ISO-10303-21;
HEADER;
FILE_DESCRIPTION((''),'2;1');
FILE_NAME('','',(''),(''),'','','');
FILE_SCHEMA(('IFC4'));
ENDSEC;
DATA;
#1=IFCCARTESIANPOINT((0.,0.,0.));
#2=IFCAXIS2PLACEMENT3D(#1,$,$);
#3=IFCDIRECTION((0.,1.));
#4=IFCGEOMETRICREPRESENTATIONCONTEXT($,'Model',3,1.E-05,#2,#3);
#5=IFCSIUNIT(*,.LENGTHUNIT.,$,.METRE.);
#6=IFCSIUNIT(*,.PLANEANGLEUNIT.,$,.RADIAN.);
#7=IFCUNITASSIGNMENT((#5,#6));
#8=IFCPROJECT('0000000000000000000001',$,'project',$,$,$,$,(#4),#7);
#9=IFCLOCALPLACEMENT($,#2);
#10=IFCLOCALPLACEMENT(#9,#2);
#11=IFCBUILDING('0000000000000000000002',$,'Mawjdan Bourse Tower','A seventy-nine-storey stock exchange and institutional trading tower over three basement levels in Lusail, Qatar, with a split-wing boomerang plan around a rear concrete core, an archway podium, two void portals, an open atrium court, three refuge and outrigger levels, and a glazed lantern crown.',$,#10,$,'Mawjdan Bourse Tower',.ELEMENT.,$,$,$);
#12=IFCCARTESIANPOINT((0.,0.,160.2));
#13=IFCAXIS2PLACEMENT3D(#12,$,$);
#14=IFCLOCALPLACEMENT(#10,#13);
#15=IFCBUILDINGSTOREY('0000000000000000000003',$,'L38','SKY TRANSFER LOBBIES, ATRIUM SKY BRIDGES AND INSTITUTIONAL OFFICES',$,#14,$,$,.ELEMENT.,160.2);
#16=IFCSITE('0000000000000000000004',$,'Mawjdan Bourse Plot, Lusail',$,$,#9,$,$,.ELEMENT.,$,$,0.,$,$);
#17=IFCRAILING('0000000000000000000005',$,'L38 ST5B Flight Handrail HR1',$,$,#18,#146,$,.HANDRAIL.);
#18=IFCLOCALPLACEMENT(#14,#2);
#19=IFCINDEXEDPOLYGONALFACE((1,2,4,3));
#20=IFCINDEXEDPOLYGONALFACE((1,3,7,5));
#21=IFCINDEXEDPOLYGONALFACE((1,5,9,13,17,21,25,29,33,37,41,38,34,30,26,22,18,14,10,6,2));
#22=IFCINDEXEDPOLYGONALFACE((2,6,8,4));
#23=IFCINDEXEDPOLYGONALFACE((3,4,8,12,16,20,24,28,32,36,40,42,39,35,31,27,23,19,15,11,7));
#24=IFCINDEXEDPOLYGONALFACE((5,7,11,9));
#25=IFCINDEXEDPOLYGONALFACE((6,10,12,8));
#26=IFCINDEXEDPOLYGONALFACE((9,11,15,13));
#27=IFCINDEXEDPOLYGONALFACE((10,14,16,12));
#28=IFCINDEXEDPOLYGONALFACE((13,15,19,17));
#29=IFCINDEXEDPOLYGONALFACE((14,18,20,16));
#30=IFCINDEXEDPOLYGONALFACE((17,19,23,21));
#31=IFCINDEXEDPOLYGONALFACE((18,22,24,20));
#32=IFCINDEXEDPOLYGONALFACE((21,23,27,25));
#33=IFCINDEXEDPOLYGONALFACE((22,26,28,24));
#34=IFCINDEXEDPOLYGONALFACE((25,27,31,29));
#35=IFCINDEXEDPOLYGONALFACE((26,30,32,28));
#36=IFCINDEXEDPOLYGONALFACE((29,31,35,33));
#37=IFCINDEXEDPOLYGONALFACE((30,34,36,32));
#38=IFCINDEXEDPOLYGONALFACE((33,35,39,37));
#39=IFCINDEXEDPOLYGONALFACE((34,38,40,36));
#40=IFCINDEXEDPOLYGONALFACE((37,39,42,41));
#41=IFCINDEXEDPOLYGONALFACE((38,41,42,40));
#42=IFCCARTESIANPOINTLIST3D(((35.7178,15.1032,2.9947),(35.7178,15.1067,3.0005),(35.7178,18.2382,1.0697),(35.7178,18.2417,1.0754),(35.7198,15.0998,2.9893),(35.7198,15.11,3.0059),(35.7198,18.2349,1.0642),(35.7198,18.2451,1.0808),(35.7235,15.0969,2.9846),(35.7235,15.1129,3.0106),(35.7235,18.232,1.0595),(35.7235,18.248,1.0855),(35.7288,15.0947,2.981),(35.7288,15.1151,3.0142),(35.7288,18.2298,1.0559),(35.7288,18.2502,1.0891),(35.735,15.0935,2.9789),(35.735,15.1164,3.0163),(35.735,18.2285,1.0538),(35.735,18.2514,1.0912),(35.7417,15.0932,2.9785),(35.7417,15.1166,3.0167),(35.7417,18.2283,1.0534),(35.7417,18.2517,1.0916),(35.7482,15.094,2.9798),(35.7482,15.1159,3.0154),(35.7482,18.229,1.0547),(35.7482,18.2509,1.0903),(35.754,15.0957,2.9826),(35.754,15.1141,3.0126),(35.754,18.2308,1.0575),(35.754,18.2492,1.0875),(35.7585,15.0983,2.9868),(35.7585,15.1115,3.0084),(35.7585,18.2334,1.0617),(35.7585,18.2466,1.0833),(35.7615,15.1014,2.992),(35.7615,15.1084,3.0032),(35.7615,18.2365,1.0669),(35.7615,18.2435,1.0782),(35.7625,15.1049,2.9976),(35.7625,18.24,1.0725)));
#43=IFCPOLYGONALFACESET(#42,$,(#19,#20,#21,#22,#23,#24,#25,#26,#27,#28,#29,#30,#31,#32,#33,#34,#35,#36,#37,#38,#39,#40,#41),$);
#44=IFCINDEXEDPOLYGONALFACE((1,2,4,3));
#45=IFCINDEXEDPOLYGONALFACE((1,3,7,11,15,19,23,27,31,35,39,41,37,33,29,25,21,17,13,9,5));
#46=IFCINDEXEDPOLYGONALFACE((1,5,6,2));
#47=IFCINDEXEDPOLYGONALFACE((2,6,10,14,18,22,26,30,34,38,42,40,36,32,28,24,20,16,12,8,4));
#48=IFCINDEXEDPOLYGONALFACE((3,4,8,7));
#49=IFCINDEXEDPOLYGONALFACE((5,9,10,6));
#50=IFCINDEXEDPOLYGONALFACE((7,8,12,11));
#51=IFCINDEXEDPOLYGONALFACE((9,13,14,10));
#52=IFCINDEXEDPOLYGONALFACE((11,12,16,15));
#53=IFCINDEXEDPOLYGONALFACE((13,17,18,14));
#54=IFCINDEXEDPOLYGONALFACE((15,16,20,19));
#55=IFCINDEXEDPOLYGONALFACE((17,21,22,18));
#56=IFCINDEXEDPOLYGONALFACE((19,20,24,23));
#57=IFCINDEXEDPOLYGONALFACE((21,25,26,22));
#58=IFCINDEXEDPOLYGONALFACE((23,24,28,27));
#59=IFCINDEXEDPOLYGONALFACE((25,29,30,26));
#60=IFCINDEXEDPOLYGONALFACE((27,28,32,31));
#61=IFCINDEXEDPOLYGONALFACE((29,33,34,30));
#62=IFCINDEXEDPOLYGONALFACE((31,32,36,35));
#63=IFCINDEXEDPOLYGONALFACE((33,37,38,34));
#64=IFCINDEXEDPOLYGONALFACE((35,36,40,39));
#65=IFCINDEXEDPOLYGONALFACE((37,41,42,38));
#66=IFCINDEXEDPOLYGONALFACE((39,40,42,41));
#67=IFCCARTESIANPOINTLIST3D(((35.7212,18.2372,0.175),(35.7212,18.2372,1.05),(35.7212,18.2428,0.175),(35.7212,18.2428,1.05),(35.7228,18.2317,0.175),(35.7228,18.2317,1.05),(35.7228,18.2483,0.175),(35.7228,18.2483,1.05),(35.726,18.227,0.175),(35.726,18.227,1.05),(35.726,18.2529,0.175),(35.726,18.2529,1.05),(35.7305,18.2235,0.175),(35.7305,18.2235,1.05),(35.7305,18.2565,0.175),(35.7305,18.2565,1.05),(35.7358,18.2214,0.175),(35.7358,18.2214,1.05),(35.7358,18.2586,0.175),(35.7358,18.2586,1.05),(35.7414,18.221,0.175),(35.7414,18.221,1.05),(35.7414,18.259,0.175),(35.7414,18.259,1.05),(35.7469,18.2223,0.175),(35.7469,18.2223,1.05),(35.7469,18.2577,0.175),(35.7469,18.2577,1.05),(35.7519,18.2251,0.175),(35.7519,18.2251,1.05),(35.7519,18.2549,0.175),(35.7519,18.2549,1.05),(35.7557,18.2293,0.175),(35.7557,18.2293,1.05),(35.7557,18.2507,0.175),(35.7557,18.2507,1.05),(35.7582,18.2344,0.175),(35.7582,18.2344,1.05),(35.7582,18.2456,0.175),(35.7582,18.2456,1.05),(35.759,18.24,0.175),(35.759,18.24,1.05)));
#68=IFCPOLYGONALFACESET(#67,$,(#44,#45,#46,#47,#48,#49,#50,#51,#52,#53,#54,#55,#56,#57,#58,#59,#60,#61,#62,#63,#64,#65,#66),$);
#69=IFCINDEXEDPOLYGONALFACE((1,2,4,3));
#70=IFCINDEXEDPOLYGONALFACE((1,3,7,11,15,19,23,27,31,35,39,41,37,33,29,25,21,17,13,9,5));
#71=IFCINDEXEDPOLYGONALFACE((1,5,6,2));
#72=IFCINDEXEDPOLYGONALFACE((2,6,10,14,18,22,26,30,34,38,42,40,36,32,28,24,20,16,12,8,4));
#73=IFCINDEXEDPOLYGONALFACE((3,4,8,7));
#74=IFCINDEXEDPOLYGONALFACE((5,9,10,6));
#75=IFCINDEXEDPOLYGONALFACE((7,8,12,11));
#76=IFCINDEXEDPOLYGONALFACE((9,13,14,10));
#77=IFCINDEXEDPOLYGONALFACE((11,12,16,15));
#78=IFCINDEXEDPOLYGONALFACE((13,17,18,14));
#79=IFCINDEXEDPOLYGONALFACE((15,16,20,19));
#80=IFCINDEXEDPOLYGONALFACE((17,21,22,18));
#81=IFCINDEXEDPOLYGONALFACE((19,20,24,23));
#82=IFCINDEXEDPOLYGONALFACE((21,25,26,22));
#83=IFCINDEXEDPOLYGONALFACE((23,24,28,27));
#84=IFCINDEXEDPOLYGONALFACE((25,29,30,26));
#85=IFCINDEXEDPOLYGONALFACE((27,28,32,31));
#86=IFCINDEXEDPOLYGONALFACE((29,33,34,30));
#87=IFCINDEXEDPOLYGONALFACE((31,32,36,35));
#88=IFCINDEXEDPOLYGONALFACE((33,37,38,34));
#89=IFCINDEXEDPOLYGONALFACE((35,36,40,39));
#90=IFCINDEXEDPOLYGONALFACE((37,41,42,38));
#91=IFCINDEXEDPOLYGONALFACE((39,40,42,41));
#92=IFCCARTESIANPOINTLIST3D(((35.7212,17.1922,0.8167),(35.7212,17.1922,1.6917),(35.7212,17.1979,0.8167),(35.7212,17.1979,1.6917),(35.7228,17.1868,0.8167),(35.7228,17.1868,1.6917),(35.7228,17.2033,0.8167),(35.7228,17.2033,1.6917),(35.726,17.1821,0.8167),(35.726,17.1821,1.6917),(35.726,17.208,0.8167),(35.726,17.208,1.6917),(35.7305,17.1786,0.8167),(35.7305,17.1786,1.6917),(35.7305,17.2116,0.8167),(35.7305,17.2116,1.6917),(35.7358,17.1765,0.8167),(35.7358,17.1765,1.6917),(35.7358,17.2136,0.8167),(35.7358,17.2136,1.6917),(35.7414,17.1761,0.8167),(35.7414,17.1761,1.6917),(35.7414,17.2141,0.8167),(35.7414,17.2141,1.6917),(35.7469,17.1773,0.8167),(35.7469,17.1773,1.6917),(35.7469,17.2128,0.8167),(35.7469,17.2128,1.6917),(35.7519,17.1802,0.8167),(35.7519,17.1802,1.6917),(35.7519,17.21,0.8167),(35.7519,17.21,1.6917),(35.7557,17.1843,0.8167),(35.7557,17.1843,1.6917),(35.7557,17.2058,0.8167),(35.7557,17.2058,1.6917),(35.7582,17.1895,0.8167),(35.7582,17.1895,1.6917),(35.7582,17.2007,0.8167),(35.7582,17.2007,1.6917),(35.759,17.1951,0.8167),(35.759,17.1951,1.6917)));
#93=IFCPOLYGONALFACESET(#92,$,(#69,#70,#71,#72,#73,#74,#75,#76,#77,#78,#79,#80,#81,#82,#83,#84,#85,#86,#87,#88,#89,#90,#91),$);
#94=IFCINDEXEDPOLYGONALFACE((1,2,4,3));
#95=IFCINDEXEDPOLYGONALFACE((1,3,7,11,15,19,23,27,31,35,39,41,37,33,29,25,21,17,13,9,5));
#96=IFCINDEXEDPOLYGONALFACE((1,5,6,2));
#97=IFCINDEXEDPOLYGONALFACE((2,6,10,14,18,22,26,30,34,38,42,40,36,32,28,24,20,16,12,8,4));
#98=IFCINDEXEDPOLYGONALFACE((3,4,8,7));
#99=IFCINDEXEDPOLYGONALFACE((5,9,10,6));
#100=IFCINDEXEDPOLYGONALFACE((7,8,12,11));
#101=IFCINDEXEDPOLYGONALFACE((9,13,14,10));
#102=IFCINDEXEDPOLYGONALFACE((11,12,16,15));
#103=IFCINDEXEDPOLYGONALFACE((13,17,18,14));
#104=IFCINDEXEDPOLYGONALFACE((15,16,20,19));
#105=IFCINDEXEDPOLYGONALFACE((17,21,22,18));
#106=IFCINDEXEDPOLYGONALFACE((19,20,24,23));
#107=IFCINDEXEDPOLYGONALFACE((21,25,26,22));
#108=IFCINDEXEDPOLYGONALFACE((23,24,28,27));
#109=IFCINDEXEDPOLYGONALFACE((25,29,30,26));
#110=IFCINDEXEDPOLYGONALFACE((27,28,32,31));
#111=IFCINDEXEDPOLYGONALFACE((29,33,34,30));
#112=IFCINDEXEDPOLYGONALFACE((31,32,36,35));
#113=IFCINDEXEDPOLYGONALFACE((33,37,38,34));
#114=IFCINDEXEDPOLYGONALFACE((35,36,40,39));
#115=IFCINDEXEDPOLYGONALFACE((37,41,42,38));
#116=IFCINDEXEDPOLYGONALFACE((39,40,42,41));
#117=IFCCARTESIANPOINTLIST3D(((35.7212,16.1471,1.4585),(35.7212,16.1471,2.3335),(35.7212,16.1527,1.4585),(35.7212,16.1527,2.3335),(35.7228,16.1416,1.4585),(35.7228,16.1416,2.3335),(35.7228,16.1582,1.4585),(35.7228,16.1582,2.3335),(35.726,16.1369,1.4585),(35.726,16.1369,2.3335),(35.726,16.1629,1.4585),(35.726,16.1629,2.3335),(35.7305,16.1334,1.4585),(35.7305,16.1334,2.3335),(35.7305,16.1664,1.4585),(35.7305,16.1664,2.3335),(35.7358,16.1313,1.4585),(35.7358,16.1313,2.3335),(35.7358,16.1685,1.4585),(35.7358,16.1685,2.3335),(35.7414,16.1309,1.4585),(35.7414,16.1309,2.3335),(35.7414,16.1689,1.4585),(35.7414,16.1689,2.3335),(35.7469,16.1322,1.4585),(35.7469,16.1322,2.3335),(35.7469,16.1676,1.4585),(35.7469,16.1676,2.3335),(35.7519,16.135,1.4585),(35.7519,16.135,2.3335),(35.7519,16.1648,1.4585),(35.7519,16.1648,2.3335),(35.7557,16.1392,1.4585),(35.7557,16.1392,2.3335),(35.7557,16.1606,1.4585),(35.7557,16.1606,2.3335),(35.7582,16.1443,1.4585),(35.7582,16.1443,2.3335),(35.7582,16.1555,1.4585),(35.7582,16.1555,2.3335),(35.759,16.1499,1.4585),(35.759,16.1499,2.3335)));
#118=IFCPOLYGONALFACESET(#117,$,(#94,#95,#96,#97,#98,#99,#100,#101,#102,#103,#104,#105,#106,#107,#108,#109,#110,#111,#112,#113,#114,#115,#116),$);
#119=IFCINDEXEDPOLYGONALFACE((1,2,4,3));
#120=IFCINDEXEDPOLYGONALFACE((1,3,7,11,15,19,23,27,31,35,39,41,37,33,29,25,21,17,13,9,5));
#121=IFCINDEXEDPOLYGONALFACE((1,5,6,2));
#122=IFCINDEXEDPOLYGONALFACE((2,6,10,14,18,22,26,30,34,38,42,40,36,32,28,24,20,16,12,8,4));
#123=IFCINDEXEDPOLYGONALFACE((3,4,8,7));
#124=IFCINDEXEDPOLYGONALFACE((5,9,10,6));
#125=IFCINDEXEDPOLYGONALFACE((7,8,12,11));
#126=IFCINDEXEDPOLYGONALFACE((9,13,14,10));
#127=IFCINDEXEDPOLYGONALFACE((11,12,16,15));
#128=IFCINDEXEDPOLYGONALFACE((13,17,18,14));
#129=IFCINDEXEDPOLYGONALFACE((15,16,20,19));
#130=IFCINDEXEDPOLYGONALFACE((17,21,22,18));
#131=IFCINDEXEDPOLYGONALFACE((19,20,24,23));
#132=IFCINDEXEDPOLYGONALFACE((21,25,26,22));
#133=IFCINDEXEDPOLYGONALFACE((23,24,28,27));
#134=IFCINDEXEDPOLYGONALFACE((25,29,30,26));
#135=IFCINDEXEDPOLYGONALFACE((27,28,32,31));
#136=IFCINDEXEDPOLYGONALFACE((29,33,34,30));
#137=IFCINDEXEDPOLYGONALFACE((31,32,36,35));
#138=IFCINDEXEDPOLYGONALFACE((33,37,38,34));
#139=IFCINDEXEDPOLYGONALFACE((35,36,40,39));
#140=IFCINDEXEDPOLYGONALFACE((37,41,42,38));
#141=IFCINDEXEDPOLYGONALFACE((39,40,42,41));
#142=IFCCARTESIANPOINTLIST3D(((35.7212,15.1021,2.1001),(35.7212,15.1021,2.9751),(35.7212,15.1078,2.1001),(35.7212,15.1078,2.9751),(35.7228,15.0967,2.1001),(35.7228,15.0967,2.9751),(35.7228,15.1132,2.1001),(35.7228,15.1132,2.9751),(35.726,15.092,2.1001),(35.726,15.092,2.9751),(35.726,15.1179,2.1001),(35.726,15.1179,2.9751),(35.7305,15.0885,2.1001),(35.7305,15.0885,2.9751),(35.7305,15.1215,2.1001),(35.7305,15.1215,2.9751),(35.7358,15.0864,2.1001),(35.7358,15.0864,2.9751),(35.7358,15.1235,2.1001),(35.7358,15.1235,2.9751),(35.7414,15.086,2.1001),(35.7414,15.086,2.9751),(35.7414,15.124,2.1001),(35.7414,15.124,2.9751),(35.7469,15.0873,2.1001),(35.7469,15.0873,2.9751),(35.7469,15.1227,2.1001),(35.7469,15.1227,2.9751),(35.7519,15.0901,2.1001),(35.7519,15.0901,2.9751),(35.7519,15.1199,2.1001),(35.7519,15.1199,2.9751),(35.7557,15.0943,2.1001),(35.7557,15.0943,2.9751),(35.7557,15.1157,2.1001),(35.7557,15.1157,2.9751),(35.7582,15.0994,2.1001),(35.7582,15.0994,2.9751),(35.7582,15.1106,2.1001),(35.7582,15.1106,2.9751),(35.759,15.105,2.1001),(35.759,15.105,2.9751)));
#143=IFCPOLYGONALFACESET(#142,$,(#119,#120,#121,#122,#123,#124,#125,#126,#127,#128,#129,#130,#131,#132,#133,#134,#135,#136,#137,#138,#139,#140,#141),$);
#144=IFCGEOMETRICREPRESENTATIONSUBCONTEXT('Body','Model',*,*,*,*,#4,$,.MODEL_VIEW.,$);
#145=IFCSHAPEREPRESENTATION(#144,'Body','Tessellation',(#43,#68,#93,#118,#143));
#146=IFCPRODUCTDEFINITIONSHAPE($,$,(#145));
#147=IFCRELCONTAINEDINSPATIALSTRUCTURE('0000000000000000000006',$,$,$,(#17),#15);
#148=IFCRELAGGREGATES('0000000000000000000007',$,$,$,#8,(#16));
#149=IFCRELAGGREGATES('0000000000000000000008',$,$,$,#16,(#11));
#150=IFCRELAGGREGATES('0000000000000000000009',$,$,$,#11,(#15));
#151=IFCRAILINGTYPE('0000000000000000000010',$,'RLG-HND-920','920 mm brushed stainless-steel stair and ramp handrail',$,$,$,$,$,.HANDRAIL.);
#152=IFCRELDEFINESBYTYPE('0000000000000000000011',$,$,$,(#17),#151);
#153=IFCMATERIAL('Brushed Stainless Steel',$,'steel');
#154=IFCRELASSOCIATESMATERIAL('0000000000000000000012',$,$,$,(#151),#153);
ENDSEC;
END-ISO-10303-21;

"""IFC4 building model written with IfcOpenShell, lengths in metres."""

from ifc_helpers import new_model, si_unit, direction, frame, origin, origin_2d, place, context, subcontext, project, spatial, circle, extrude, material, type_object, element, save


model = new_model("IFC4")

# Units and contexts
model_context = context("Model", 3, precision=1e-05, world=origin(), true_north=direction((0.0, 1.0)))
body_context = subcontext(model_context, "Body", "Model", "MODEL_VIEW")
ifc_project = project(units=[si_unit("LENGTHUNIT", "METRE"), si_unit("PLANEANGLEUNIT", "RADIAN")], contexts=[model_context])

# Site, building, storey
site_placement = place(None, origin())
site = spatial("IfcSite", under=ifc_project, at=site_placement, Name="Mawjdan Bourse Plot, Lusail", CompositionType="ELEMENT", RefElevation=0.0)
building_placement = place(site_placement, origin())
building = spatial("IfcBuilding", under=site, at=building_placement, Name="Mawjdan Bourse Tower", Description="A seventy-nine-storey stock exchange and institutional trading tower over three basement levels in Lusail, Qatar, with a split-wing boomerang plan around a rear concrete core, an archway podium, two void portals, an open atrium court, three refuge and outrigger levels, and a glazed lantern crown.", LongName="Mawjdan Bourse Tower", CompositionType="ELEMENT")
storey_placement = place(building_placement, frame((0.0, 0.0, 160.2)))
storey = spatial("IfcBuildingStorey", under=building, at=storey_placement, Name="L38", Description="SKY TRANSFER LOBBIES, ATRIUM SKY BRIDGES AND INSTITUTIONAL OFFICES", CompositionType="ELEMENT", Elevation=160.2)

# Railing
ifc_material_1 = material(Name="Brushed Stainless Steel", Category="steel")
railing_type_1 = type_object("IfcRailingType", Name="RLG-HND-920", Description="920 mm brushed stainless-steel stair and ramp handrail", PredefinedType="HANDRAIL", material=ifc_material_1)
railing_1_placement = place(storey_placement, frame((35.74, 18.24, 0.175)))
element("IfcRailing", 1, at=railing_1_placement, inside=storey, type_object=railing_type_1, Name="L38 ST5B Flight Handrail HR1", PredefinedType="HANDRAIL", context=body_context, shape_type="SweptSolid", body=[
    extrude(circle(Radius=0.0225, at=origin_2d()), frame((0.0, 0.0, 0.8975), z_axis=(0.0, -0.852166, 0.523271), x_axis=(1.0, 0.0, 0.0)), (0.0, 0.0, 1.0), 3.679),
    extrude(circle(Radius=0.019, at=origin_2d()), origin(), (0.0, 0.0, 1.0), 0.875),
    extrude(circle(Radius=0.019, at=origin_2d()), frame((0.0, -1.0449, 0.6416)), (0.0, 0.0, 1.0), 0.875),
    extrude(circle(Radius=0.019, at=origin_2d()), frame((0.0, -2.0901, 1.2834)), (0.0, 0.0, 1.0), 0.875),
    extrude(circle(Radius=0.019, at=origin_2d()), frame((0.0, -3.135, 1.925)), (0.0, 0.0, 1.0), 0.875),
])

save(model, "model.ifc")
